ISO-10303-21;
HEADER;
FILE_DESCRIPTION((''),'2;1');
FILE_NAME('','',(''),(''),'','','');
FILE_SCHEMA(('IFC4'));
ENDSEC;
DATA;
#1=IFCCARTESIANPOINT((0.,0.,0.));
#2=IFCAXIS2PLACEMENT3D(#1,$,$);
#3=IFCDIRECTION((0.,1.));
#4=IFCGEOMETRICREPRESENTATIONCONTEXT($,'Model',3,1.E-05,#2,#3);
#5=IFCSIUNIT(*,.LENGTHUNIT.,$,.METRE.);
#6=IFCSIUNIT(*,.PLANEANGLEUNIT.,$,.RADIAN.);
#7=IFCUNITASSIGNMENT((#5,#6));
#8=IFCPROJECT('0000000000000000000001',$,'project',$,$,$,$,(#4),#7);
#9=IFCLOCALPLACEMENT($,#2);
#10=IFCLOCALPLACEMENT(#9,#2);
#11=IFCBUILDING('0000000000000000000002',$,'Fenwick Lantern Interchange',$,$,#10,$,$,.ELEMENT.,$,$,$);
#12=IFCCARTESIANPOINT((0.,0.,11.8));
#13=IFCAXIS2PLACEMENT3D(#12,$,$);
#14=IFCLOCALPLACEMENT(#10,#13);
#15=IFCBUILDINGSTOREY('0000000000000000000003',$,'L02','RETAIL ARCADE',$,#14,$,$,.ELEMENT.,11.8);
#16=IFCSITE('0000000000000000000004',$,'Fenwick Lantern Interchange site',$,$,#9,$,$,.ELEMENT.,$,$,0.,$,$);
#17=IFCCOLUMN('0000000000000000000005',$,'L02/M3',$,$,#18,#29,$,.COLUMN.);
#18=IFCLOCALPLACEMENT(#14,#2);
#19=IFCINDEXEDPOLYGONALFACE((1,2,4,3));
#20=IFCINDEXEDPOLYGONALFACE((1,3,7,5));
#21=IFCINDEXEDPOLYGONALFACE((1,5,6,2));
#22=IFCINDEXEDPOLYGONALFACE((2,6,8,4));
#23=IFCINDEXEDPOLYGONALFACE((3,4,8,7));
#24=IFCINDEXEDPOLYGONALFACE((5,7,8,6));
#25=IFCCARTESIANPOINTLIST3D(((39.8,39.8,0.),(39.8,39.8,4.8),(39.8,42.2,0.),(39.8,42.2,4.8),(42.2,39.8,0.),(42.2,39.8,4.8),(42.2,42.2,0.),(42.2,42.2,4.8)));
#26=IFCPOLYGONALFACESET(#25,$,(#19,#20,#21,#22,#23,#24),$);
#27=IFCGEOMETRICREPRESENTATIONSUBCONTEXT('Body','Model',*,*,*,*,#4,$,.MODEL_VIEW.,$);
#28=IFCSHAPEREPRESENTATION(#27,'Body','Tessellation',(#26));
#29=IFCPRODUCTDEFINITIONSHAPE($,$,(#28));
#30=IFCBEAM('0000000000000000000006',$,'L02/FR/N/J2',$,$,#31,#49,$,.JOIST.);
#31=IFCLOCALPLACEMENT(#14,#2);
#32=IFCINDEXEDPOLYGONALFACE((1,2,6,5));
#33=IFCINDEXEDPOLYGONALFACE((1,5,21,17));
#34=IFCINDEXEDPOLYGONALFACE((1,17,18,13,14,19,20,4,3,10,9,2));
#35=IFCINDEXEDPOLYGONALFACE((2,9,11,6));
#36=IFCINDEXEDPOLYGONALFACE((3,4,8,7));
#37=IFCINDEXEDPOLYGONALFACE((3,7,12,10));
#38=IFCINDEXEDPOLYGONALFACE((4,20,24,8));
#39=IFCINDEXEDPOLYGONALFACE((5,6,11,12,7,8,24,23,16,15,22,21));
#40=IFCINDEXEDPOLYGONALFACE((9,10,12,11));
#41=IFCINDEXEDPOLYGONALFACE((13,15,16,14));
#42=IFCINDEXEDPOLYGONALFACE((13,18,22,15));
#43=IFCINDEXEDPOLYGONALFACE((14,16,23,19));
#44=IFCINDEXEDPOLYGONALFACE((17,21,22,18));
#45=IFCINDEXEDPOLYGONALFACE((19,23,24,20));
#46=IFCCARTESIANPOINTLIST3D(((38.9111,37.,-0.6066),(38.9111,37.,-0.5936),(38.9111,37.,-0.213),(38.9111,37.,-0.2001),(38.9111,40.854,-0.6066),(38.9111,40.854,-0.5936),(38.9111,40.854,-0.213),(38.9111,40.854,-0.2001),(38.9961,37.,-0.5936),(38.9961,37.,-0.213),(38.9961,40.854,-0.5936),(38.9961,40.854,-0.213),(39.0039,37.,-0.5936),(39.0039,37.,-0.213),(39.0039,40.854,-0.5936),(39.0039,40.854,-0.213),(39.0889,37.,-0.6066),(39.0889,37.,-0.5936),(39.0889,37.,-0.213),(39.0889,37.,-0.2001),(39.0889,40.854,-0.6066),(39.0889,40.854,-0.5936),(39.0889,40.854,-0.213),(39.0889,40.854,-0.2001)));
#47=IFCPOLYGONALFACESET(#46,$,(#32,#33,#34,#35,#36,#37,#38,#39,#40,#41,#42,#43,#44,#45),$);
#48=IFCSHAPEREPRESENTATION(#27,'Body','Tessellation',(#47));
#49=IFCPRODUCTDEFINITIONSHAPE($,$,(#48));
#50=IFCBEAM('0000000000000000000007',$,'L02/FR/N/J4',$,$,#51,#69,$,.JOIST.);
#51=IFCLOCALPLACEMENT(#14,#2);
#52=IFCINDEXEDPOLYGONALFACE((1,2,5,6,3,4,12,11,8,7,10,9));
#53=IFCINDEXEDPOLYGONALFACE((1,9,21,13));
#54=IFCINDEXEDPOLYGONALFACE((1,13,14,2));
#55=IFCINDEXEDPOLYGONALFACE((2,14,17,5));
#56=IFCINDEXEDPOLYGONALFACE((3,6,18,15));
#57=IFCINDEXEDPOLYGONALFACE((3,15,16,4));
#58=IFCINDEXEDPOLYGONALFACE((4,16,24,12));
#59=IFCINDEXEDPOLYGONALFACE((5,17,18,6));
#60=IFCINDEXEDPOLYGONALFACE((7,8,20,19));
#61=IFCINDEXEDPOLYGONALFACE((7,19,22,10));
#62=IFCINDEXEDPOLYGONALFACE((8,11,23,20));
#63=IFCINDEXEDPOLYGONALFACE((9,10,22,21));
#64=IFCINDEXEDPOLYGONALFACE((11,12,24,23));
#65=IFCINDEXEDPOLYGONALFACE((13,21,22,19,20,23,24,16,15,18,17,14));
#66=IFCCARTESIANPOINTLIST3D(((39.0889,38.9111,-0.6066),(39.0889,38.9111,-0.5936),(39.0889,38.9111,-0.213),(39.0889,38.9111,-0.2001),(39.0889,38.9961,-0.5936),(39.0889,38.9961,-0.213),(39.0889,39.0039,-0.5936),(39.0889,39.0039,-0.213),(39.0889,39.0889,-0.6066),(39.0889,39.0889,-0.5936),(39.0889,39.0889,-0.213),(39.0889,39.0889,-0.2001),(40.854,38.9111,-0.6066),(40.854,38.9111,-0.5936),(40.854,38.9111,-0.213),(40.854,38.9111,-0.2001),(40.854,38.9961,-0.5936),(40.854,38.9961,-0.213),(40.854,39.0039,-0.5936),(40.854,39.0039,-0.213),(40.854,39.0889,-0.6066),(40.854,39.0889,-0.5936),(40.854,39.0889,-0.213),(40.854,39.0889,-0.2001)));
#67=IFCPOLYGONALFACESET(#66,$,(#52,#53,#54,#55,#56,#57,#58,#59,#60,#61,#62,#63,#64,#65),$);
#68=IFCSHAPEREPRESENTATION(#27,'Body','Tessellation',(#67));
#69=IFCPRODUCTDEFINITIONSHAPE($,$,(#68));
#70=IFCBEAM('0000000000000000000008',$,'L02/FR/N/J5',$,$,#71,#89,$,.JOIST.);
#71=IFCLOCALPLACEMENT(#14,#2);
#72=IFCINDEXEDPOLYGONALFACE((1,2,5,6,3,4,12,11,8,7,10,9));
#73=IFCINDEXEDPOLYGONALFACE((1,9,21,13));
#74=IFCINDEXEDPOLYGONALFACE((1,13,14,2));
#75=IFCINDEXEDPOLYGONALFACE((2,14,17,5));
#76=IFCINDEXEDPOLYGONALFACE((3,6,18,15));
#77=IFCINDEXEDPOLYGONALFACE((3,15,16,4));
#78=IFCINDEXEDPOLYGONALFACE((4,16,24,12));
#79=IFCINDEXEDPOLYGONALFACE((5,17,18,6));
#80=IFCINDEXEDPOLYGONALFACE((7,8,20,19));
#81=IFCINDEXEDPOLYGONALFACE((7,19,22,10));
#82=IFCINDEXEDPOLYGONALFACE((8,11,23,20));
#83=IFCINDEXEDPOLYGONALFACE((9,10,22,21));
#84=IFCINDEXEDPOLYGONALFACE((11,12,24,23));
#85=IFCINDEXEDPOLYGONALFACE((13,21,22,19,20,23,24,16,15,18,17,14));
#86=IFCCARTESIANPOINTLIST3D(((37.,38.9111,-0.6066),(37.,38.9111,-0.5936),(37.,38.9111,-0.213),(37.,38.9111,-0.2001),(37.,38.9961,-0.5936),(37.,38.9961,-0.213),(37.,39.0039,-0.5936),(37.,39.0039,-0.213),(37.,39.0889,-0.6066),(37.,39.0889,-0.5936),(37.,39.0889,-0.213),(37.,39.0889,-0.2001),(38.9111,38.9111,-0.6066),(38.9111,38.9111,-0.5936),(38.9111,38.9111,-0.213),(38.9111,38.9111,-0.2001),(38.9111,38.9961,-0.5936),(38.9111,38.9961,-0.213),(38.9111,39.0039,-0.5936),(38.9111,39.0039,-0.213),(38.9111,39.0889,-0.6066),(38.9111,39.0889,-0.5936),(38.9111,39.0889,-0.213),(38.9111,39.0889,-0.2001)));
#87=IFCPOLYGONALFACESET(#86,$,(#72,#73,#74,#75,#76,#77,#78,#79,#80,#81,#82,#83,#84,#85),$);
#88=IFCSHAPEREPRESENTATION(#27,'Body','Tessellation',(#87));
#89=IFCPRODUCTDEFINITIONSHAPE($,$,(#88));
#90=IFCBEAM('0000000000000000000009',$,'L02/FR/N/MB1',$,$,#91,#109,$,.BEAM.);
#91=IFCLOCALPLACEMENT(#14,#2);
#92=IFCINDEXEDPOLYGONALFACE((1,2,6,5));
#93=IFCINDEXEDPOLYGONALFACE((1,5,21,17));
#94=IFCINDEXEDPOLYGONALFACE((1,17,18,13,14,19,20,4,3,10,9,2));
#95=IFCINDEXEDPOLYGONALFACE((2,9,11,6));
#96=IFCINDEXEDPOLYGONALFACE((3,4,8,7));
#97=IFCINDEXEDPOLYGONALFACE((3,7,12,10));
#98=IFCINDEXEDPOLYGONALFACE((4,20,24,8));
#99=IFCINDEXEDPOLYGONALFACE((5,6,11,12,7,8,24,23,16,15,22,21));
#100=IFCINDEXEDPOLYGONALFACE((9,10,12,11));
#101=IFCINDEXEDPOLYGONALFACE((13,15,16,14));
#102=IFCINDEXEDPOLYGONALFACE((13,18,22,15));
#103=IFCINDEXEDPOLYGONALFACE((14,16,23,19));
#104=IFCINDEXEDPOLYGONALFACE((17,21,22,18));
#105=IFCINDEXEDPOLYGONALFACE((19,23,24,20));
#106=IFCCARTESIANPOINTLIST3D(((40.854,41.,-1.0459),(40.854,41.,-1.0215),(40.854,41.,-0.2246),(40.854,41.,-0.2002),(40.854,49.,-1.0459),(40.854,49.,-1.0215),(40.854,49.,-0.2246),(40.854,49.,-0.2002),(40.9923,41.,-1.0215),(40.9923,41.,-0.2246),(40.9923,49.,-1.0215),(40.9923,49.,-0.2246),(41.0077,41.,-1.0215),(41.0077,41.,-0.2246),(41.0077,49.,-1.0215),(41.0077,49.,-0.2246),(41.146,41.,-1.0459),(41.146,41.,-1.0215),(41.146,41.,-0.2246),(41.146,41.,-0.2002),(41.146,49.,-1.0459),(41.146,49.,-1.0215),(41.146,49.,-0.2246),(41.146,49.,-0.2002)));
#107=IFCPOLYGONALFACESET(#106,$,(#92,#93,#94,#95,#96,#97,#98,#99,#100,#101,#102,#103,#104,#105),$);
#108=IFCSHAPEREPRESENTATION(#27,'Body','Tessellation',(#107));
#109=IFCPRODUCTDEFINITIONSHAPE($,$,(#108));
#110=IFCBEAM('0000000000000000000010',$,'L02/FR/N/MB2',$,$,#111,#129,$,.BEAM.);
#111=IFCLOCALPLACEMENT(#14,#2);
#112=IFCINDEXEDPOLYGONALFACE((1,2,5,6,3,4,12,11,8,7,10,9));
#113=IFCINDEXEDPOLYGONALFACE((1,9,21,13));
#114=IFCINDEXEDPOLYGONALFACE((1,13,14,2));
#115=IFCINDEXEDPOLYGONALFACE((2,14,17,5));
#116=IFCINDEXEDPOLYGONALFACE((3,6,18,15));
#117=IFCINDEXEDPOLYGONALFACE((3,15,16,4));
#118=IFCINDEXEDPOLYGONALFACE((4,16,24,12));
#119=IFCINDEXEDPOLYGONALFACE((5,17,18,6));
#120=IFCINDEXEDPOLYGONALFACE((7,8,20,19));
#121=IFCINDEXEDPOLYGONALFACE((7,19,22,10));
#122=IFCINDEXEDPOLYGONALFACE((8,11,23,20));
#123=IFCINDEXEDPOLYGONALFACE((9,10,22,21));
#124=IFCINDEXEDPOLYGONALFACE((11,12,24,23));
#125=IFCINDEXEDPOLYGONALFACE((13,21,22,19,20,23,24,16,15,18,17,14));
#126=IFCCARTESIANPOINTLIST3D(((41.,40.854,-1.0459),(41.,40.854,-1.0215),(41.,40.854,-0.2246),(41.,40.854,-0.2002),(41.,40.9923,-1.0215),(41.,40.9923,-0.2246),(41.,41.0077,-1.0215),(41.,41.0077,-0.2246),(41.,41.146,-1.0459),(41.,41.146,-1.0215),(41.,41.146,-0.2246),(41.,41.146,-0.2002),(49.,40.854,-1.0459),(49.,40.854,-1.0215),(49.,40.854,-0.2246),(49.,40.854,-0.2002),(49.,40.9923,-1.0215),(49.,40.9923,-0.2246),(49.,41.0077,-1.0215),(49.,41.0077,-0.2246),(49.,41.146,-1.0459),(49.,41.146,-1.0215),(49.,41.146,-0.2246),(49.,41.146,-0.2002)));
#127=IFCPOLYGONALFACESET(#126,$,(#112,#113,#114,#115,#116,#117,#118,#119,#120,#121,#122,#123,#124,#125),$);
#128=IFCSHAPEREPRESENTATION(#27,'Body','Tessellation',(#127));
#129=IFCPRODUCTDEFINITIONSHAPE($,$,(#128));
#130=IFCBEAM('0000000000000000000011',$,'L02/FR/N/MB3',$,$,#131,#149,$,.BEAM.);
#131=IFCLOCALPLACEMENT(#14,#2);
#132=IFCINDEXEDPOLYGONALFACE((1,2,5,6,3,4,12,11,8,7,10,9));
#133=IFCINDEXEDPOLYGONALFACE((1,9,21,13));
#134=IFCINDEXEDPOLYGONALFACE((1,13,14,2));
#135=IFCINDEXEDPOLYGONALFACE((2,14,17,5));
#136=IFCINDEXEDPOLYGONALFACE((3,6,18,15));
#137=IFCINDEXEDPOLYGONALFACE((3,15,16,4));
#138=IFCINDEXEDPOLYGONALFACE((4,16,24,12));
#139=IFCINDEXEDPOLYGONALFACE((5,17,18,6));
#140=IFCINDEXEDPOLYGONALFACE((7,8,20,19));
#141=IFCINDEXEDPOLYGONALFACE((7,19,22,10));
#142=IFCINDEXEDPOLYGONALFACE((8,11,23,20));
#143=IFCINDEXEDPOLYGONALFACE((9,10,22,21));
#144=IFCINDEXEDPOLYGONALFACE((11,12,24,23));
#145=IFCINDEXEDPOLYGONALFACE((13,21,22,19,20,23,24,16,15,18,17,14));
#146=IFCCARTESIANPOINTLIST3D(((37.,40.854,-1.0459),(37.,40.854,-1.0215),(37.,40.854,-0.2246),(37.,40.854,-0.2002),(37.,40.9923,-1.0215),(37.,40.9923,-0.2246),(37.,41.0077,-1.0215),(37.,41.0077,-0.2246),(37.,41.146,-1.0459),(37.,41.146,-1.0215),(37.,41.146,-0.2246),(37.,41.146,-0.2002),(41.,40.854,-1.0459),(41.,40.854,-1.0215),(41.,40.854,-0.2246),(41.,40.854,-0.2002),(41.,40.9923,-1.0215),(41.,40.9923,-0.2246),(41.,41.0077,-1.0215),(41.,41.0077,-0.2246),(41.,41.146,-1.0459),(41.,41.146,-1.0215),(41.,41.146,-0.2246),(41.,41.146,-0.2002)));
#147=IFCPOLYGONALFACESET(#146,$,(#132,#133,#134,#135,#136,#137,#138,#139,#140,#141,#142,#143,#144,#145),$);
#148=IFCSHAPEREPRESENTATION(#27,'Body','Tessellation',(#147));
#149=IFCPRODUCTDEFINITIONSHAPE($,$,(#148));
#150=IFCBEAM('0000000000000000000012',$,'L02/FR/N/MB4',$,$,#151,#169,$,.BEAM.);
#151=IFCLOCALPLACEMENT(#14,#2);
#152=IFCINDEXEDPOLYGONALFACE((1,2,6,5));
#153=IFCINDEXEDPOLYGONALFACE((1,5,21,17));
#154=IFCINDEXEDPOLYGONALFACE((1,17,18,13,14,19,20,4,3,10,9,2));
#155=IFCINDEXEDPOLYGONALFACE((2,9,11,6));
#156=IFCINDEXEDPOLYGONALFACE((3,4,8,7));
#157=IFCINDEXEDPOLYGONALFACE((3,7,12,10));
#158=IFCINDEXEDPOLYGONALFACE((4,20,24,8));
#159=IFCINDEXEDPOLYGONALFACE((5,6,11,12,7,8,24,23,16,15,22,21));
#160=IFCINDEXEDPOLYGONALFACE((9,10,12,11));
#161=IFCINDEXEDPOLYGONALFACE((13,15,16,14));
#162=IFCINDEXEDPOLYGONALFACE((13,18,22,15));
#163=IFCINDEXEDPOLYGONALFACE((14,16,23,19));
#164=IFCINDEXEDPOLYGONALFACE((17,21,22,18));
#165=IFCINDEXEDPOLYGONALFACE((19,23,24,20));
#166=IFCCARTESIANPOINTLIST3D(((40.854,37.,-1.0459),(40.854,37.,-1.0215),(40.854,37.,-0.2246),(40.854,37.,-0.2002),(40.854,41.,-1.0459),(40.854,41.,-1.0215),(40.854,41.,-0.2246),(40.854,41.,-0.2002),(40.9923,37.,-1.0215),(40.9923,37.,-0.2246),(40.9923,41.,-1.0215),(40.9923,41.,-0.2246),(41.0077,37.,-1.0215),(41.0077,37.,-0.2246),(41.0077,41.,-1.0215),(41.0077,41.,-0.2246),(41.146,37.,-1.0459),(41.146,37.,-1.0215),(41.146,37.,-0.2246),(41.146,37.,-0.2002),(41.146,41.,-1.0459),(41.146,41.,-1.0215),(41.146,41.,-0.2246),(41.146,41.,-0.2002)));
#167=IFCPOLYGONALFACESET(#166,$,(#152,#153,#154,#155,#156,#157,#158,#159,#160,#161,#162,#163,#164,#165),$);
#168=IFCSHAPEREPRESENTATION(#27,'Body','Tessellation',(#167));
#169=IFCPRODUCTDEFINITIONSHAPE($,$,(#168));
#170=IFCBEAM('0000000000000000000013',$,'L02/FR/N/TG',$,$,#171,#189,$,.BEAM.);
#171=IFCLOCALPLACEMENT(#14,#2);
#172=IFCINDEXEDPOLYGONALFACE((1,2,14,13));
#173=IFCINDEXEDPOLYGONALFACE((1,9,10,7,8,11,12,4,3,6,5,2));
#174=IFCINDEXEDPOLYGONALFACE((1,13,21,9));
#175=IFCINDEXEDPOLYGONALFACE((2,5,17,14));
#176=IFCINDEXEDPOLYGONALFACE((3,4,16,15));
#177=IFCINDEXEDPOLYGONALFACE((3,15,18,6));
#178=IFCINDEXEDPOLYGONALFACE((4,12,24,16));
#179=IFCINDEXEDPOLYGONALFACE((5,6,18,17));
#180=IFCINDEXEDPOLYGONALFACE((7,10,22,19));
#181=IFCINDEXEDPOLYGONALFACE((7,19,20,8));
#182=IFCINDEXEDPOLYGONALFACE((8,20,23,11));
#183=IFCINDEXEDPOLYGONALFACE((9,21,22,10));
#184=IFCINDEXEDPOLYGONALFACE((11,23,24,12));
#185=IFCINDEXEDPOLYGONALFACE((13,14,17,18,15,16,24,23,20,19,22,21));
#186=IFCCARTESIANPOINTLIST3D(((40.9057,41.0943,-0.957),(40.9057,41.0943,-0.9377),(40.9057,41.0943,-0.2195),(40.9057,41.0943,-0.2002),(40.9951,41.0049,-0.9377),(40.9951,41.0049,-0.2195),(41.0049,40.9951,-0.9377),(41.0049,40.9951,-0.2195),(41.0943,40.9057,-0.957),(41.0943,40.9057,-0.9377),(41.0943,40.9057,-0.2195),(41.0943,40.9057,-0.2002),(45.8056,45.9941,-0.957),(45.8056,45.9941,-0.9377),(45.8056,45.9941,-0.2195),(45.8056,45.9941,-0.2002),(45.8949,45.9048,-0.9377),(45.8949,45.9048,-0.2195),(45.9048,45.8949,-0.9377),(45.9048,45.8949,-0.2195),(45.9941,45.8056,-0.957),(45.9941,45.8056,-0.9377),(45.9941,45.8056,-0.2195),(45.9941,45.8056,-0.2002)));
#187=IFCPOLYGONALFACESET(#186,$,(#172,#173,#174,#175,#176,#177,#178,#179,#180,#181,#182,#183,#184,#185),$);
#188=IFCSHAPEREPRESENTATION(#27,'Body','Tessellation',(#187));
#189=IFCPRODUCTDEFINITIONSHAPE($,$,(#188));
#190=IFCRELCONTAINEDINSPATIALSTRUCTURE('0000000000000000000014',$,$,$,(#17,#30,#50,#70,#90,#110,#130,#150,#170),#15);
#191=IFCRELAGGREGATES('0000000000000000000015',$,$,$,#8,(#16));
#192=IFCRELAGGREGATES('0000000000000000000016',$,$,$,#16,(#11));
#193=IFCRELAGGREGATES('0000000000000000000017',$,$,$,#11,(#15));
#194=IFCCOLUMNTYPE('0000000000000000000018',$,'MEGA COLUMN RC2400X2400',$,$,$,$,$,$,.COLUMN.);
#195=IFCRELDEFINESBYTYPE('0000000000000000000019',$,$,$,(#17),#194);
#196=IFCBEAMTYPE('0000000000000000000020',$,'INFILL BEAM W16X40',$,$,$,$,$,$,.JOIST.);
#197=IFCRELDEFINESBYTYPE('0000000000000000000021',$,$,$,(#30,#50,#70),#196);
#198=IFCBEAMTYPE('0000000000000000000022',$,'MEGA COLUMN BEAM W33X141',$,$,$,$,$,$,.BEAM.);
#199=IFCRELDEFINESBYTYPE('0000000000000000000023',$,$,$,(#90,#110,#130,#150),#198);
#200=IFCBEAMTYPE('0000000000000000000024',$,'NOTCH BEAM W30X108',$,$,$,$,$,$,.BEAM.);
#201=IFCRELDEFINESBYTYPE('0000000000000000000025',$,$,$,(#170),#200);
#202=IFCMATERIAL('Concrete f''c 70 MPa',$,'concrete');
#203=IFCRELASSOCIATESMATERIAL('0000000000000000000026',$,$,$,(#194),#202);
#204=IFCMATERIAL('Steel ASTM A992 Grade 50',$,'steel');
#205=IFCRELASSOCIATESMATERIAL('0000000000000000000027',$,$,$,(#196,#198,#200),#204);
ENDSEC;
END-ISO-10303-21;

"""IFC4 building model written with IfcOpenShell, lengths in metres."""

from ifc_helpers import new_model, si_unit, direction, frame, origin, origin_2d, place, context, subcontext, project, spatial, rectangle, i_section, extrude, material, material_profile, profile_set, type_object, element, save


model = new_model("IFC4")

# Units and contexts
model_context = context("Model", 3, precision=1e-05, world=origin(), true_north=direction((0.0, 1.0)))
body_context = subcontext(model_context, "Body", "Model", "MODEL_VIEW")
ifc_project = project(units=[si_unit("LENGTHUNIT", "METRE"), si_unit("PLANEANGLEUNIT", "RADIAN")], contexts=[model_context])

# Site, building, storey
site_placement = place(None, origin())
site = spatial("IfcSite", under=ifc_project, at=site_placement, Name="Fenwick Lantern Interchange site", CompositionType="ELEMENT", RefElevation=0.0)
building_placement = place(site_placement, origin())
building = spatial("IfcBuilding", under=site, at=building_placement, Name="Fenwick Lantern Interchange", CompositionType="ELEMENT")
storey_placement = place(building_placement, frame((0.0, 0.0, 11.8)))
storey = spatial("IfcBuildingStorey", under=building, at=storey_placement, Name="L02", Description="RETAIL ARCADE", CompositionType="ELEMENT", Elevation=11.8)

# Column
ifc_material_1 = material(Name="Concrete f'c 70 MPa", Category="concrete")
ifc_material_profile_1 = material_profile(ifc_material_1, rectangle(XDim=2.3999, YDim=2.3999, at=origin_2d()), Name="RC2400X2400")
ifc_profile_set_1 = profile_set([ifc_material_profile_1], Name="Concrete f'c 70 MPa")
column_type = type_object("IfcColumnType", Name="MEGA COLUMN RC2400X2400", PredefinedType="COLUMN", material=ifc_profile_set_1)
column_placement = place(storey_placement, frame((41.0, 41.0, 0.0), z_axis=(0.0, 0.0, 1.0), x_axis=(1.0, 0.0, 0.0)))
element("IfcColumn", 1, at=column_placement, inside=storey, type_object=column_type, Name="L02/M3", PredefinedType="COLUMN", context=body_context, shape_type="SweptSolid", body=[
    extrude(rectangle(XDim=2.3999, YDim=2.3999, at=origin_2d()), origin(), (0.0, 0.0, 1.0), 4.8),
])

# Beams
ifc_material_2 = material(Name="Steel ASTM A992 Grade 50", Category="steel")
ifc_material_profile_2 = material_profile(ifc_material_2, i_section(OverallWidth=0.1777, OverallDepth=0.4065, WebThickness=0.0078, FlangeThickness=0.0129, at=origin_2d()), Name="W16X40")
ifc_profile_set_2 = profile_set([ifc_material_profile_2], Name="Steel ASTM A992 Grade 50")
beam_type_1 = type_object("IfcBeamType", Name="INFILL BEAM W16X40", PredefinedType="JOIST", material=ifc_profile_set_2)
beam_1_placement = place(storey_placement, frame((39.0, 40.854, -0.4033), z_axis=(0.0, -1.0, 0.0), x_axis=(1.0, 0.0, 0.0)))
element("IfcBeam", 2, at=beam_1_placement, inside=storey, type_object=beam_type_1, Name="L02/FR/N/J2", PredefinedType="JOIST", context=body_context, shape_type="SweptSolid", body=[
    extrude(i_section(OverallWidth=0.1777, OverallDepth=0.4065, WebThickness=0.0078, FlangeThickness=0.0129, at=origin_2d()), origin(), (0.0, 0.0, 1.0), 3.854),
])
beam_2_placement = place(storey_placement, frame((40.854, 39.0, -0.4033), z_axis=(-1.0, 0.0, 0.0), x_axis=(0.0, -1.0, 0.0)))
element("IfcBeam", 3, at=beam_2_placement, inside=storey, type_object=beam_type_1, Name="L02/FR/N/J4", PredefinedType="JOIST", context=body_context, shape_type="SweptSolid", body=[
    extrude(i_section(OverallWidth=0.1777, OverallDepth=0.4065, WebThickness=0.0078, FlangeThickness=0.0129, at=origin_2d()), origin(), (0.0, 0.0, 1.0), 1.7651),
])
beam_3_placement = place(storey_placement, frame((38.9111, 39.0, -0.4033), z_axis=(-1.0, 0.0, 0.0), x_axis=(0.0, -1.0, 0.0)))
element("IfcBeam", 4, at=beam_3_placement, inside=storey, type_object=beam_type_1, Name="L02/FR/N/J5", PredefinedType="JOIST", context=body_context, shape_type="SweptSolid", body=[
    extrude(i_section(OverallWidth=0.1777, OverallDepth=0.4065, WebThickness=0.0078, FlangeThickness=0.0129, at=origin_2d()), origin(), (0.0, 0.0, 1.0), 1.9111),
])
ifc_material_profile_3 = material_profile(ifc_material_2, i_section(OverallWidth=0.292, OverallDepth=0.8457, WebThickness=0.0154, FlangeThickness=0.0244, at=origin_2d()), Name="W33X141")
ifc_profile_set_3 = profile_set([ifc_material_profile_3], Name="Steel ASTM A992 Grade 50")
beam_type_2 = type_object("IfcBeamType", Name="MEGA COLUMN BEAM W33X141", PredefinedType="BEAM", material=ifc_profile_set_3)
for number, where, z_axis, x_axis, name in (
    (5, (41.0, 41.0, -0.623), (0.0, 1.0, 0.0), (-1.0, 0.0, 0.0), "L02/FR/N/MB1"),
    (6, (41.0, 41.0, -0.623), (1.0, 0.0, 0.0), (0.0, 1.0, 0.0), "L02/FR/N/MB2"),
):
    element("IfcBeam", number, at=place(storey_placement, frame(where, z_axis=z_axis, x_axis=x_axis)), inside=storey, type_object=beam_type_2, Name=name, PredefinedType="BEAM", context=body_context, shape_type="SweptSolid", body=[
        extrude(i_section(OverallWidth=0.292, OverallDepth=0.8457, WebThickness=0.0154, FlangeThickness=0.0244, at=origin_2d()), origin(), (0.0, 0.0, 1.0), 8.0),
    ])
for number, where, z_axis, x_axis, name in (
    (7, (41.0, 41.0, -0.623), (-1.0, 0.0, 0.0), (0.0, -1.0, 0.0), "L02/FR/N/MB3"),
    (8, (41.0, 41.0, -0.623), (0.0, -1.0, 0.0), (1.0, 0.0, 0.0), "L02/FR/N/MB4"),
):
    element("IfcBeam", number, at=place(storey_placement, frame(where, z_axis=z_axis, x_axis=x_axis)), inside=storey, type_object=beam_type_2, Name=name, PredefinedType="BEAM", context=body_context, shape_type="SweptSolid", body=[
        extrude(i_section(OverallWidth=0.292, OverallDepth=0.8457, WebThickness=0.0154, FlangeThickness=0.0244, at=origin_2d()), origin(), (0.0, 0.0, 1.0), 4.0),
    ])
ifc_material_profile_4 = material_profile(ifc_material_2, i_section(OverallWidth=0.2666, OverallDepth=0.7568, WebThickness=0.0139, FlangeThickness=0.0193, at=origin_2d()), Name="W30X108")
ifc_profile_set_4 = profile_set([ifc_material_profile_4], Name="Steel ASTM A992 Grade 50")
beam_type_3 = type_object("IfcBeamType", Name="NOTCH BEAM W30X108", PredefinedType="BEAM", material=ifc_profile_set_4)
beam_4_placement = place(storey_placement, frame((41.0, 41.0, -0.5786), z_axis=(0.707107, 0.707107, 0.0), x_axis=(-0.707107, 0.707107, 0.0)))
element("IfcBeam", 9, at=beam_4_placement, inside=storey, type_object=beam_type_3, Name="L02/FR/N/TG", PredefinedType="BEAM", context=body_context, shape_type="SweptSolid", body=[
    extrude(i_section(OverallWidth=0.2666, OverallDepth=0.7568, WebThickness=0.0139, FlangeThickness=0.0193, at=origin_2d()), origin(), (0.0, 0.0, 1.0), 6.9294),
])

save(model, "model.ifc")
